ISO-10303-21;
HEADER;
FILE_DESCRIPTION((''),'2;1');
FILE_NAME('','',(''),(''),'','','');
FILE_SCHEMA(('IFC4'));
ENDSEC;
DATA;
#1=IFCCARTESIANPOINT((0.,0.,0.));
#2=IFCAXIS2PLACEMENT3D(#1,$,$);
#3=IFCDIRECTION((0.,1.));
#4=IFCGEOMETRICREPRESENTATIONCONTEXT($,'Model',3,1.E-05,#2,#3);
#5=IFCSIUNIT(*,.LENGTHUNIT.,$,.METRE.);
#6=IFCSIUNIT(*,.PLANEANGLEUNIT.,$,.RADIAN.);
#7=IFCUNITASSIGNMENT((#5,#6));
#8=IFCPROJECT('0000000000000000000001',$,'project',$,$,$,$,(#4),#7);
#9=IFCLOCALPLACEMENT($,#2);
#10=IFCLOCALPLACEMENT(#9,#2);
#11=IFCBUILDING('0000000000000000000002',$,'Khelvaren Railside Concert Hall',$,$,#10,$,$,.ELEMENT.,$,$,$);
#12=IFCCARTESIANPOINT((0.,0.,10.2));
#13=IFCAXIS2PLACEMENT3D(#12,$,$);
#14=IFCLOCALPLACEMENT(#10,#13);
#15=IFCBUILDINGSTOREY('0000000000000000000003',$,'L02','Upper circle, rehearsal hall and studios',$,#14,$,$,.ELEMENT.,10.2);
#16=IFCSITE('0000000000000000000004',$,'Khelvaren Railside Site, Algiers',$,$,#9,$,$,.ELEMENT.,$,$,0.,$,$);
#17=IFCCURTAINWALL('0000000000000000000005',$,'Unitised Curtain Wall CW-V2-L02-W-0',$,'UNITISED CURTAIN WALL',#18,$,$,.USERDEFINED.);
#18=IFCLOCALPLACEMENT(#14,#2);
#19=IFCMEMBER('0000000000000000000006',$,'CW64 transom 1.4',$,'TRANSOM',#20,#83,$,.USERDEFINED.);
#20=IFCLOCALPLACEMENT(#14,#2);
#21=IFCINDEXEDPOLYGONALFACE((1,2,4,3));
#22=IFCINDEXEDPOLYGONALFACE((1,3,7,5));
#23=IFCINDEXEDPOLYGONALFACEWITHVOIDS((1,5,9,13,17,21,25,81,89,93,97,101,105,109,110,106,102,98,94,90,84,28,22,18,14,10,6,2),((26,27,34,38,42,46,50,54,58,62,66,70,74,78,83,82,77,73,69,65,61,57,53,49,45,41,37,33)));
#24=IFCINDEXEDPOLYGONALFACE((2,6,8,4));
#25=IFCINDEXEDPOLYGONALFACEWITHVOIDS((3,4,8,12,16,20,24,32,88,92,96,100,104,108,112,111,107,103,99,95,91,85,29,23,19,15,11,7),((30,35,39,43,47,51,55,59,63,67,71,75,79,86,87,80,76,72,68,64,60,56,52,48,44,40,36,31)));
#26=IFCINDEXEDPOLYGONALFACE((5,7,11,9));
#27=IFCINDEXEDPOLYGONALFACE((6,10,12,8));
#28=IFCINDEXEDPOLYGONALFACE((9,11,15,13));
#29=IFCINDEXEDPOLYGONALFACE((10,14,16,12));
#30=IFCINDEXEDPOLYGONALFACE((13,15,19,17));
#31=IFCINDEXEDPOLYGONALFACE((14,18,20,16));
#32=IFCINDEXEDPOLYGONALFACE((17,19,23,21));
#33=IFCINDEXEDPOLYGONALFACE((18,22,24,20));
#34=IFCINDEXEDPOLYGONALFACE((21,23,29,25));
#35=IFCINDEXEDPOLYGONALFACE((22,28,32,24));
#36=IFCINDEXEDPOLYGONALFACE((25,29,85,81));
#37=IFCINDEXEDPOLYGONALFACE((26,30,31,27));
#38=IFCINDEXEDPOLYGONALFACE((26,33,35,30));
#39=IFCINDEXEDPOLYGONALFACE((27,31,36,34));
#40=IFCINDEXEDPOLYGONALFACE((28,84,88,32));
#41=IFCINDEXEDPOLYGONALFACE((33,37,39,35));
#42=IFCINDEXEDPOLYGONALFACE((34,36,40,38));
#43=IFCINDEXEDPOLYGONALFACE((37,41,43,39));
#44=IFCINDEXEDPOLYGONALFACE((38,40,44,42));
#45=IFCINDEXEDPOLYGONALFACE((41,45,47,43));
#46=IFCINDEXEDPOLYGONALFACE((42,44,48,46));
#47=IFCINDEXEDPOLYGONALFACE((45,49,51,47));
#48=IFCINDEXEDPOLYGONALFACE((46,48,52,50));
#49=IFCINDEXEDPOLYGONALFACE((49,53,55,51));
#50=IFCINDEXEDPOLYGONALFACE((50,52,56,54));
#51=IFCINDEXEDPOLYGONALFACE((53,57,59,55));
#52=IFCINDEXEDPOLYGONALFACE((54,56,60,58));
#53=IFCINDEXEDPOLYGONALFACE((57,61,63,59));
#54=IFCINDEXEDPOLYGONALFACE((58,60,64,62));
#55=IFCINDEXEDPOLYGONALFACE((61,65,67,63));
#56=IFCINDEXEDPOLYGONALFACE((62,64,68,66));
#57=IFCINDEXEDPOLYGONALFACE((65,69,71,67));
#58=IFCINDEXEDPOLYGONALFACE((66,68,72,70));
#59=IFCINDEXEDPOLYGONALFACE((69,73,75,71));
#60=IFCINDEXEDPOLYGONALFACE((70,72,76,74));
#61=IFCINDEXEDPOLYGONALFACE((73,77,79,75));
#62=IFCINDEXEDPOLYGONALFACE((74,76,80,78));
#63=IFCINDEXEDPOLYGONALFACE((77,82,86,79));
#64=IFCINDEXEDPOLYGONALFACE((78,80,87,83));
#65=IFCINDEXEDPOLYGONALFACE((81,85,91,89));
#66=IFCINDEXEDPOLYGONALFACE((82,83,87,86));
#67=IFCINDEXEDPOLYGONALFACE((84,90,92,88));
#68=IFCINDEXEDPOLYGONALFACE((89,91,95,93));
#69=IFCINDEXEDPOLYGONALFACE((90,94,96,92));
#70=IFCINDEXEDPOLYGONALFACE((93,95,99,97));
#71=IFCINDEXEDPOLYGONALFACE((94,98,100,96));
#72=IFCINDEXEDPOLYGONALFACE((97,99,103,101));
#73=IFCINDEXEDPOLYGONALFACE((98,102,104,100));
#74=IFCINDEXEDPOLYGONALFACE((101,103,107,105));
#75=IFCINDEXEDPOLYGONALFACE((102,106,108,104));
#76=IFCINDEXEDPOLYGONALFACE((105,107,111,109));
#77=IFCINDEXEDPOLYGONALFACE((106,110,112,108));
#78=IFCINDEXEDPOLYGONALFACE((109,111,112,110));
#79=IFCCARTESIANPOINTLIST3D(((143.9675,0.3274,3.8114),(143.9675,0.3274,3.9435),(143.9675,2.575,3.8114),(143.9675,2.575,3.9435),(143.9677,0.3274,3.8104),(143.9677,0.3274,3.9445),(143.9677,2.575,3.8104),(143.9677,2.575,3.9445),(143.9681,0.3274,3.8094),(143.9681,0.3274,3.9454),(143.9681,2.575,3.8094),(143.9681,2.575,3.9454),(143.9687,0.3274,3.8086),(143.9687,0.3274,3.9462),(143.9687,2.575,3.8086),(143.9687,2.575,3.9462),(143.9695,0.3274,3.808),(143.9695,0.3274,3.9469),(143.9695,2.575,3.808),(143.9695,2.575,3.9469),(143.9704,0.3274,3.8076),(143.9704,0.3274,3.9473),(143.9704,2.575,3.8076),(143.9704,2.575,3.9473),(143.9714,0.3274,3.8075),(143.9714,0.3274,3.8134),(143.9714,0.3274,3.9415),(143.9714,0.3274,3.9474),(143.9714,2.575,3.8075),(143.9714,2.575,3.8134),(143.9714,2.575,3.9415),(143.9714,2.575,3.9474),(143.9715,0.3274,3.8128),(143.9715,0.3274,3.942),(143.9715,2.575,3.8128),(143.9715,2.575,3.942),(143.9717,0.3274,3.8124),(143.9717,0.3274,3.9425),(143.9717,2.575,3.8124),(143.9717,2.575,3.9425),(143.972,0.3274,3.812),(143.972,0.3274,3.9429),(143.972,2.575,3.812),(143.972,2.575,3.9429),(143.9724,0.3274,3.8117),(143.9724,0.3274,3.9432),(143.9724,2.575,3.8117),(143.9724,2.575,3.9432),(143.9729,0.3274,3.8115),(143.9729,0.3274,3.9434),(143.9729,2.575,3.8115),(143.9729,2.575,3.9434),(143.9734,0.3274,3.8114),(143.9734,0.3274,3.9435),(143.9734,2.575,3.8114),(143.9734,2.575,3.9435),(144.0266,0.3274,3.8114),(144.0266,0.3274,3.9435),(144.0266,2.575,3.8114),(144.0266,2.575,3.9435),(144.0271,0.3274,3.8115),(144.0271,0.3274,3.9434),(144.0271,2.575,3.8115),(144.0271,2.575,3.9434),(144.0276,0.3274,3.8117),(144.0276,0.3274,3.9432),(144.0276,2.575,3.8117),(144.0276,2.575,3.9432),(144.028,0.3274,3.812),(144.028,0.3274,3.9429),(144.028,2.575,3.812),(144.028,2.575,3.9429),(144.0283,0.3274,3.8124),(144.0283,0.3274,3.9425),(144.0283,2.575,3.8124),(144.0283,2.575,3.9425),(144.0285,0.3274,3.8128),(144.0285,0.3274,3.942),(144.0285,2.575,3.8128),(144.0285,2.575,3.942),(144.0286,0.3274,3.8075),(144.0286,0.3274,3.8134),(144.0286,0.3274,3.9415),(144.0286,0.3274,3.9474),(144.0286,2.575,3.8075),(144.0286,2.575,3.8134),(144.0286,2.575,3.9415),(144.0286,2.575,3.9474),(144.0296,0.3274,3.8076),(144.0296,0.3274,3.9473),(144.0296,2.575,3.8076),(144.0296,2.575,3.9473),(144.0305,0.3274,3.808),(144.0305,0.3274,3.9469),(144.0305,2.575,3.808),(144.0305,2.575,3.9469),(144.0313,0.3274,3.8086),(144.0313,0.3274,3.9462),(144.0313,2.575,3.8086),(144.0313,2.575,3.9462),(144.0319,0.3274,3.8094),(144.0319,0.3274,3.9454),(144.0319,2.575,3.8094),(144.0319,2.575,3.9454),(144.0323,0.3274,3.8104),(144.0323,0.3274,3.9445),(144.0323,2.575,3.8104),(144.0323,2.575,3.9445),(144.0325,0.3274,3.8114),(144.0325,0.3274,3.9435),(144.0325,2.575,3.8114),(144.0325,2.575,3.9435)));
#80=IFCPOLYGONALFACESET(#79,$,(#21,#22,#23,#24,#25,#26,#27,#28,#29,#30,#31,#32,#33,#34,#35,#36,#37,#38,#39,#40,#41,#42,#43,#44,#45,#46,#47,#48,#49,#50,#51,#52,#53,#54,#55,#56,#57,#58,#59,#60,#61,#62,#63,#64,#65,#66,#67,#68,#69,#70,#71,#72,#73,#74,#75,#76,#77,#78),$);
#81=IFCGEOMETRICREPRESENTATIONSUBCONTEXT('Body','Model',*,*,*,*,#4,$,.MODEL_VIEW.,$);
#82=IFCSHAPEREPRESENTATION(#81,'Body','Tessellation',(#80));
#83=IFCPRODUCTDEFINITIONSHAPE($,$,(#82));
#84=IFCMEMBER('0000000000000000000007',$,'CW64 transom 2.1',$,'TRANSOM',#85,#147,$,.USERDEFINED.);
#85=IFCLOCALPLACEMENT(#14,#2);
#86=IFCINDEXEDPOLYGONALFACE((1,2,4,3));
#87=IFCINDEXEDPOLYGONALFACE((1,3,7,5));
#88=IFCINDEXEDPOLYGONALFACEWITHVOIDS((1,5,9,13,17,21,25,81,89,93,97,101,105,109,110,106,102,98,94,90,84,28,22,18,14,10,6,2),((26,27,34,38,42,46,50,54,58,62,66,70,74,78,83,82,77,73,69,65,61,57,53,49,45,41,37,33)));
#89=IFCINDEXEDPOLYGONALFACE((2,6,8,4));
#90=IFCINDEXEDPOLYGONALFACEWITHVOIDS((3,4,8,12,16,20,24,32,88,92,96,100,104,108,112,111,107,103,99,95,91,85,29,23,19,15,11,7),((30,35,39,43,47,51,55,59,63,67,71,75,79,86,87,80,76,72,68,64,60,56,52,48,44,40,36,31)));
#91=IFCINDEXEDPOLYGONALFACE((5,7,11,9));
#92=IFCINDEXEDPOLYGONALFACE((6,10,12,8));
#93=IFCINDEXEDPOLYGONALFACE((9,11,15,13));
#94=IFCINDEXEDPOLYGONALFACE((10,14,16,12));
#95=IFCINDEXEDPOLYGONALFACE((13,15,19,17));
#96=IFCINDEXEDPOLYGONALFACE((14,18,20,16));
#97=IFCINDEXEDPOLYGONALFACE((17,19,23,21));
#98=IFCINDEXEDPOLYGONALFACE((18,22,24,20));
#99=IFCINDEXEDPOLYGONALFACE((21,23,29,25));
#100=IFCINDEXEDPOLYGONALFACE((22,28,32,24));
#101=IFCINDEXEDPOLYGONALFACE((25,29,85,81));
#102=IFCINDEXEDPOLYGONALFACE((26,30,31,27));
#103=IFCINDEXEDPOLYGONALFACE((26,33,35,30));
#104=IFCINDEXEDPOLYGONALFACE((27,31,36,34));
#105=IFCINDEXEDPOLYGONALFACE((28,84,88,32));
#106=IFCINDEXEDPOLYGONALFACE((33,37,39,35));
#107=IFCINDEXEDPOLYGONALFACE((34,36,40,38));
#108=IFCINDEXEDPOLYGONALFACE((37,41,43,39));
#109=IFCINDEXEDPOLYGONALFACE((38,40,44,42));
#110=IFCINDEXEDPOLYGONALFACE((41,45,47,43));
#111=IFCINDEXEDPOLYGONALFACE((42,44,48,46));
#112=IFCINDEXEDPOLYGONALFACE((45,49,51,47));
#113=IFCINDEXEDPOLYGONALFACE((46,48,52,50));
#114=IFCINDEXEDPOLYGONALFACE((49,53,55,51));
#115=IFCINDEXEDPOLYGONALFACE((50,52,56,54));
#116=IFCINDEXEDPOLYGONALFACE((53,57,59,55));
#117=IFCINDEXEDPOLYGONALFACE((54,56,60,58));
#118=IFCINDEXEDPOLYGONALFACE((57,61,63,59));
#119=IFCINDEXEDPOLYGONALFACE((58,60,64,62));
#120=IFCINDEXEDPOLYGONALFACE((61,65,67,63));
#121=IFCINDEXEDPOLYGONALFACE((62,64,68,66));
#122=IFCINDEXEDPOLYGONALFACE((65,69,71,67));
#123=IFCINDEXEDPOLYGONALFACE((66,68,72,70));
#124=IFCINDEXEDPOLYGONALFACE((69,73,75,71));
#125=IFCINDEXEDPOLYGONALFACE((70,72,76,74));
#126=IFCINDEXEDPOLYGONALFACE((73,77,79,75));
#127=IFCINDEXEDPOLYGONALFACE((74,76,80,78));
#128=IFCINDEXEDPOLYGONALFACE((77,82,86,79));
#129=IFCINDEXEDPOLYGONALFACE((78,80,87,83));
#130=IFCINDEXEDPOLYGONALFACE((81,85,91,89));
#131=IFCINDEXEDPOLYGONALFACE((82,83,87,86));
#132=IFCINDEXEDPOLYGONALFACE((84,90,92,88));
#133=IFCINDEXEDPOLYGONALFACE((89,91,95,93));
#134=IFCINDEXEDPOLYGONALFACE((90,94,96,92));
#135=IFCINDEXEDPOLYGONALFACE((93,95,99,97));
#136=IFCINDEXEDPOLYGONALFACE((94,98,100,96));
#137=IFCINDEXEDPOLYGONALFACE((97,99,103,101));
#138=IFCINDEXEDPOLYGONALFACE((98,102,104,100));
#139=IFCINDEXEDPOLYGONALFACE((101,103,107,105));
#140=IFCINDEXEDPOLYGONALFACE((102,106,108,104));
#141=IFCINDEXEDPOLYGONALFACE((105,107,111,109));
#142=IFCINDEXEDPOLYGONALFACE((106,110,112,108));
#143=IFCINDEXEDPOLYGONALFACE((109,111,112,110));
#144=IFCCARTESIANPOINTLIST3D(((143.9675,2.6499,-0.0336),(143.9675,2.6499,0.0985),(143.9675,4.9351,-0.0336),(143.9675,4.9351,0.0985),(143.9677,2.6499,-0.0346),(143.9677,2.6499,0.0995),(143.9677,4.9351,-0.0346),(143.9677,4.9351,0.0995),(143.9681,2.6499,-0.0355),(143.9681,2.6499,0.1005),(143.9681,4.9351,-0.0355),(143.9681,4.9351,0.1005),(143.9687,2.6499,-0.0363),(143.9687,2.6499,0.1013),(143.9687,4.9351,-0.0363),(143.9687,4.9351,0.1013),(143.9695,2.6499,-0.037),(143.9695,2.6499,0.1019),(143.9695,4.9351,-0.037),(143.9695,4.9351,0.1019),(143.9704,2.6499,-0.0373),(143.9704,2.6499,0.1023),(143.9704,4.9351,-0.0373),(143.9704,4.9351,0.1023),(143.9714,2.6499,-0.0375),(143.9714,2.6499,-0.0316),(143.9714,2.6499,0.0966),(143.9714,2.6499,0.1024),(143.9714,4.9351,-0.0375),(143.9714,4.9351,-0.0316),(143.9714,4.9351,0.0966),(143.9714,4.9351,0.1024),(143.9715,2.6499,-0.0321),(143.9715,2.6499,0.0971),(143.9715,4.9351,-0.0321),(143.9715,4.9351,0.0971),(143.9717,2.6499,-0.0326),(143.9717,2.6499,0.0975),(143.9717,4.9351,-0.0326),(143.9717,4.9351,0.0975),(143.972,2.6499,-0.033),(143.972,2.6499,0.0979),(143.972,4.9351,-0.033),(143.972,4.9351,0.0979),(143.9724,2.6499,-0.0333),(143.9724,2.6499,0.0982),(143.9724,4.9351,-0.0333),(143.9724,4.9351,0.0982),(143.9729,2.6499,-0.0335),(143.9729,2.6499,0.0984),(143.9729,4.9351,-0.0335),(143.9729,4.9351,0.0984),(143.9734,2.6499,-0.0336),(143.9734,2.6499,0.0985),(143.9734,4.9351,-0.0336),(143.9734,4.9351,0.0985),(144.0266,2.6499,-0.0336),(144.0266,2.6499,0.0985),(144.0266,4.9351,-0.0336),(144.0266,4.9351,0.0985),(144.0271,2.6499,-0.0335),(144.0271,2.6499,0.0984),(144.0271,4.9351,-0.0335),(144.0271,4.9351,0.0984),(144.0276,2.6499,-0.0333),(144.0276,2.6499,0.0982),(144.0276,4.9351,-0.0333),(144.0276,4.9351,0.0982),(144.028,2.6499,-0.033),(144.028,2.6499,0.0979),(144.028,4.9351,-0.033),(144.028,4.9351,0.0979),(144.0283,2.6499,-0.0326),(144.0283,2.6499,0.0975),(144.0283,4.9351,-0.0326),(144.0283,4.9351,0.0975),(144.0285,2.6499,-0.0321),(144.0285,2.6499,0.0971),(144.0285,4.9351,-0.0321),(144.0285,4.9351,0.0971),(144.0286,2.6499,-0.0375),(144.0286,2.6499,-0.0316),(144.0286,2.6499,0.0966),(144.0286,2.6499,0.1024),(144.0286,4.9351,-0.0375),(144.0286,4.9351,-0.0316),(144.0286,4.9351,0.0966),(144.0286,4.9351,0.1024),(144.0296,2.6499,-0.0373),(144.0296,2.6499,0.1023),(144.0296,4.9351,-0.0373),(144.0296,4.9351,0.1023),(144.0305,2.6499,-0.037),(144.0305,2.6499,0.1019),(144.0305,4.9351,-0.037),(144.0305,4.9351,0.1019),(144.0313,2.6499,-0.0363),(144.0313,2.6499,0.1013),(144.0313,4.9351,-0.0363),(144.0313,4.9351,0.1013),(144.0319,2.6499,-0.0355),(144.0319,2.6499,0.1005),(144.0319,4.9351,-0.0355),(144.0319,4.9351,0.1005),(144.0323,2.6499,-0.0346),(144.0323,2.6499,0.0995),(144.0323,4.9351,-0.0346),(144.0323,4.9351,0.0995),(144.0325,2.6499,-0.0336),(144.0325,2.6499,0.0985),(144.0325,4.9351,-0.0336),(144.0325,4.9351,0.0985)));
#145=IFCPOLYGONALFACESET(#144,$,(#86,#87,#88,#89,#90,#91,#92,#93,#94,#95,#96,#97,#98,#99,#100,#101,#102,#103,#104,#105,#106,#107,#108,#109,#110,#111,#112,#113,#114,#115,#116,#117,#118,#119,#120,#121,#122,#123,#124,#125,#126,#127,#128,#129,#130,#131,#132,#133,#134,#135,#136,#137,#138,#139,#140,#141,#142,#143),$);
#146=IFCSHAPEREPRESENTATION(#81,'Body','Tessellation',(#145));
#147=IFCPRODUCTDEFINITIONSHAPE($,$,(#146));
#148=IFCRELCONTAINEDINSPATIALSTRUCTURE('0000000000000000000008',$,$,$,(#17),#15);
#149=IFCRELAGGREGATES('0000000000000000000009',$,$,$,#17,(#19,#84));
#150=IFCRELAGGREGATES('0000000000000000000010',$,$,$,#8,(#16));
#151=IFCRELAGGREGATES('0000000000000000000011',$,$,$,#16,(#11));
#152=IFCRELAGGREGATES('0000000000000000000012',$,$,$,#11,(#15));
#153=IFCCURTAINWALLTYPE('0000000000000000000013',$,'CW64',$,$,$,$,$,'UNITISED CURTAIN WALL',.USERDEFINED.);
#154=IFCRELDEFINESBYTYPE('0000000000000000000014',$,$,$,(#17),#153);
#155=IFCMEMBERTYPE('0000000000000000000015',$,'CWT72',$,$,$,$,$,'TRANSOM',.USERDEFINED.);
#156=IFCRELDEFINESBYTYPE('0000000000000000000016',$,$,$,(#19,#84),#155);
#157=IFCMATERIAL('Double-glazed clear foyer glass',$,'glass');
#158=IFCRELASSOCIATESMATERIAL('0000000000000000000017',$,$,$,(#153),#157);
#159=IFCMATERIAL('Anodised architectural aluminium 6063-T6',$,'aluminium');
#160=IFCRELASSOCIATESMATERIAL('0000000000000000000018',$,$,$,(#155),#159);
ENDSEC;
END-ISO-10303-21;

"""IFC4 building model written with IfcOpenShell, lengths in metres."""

from ifc_helpers import new_model, si_unit, direction, frame, origin, origin_2d, place, context, subcontext, project, spatial, hollow_rectangle, extrude, material, material_profile, profile_set, type_object, element, aggregate, save


model = new_model("IFC4")

# Units and contexts
model_context = context("Model", 3, precision=1e-05, world=origin(), true_north=direction((0.0, 1.0)))
body_context = subcontext(model_context, "Body", "Model", "MODEL_VIEW")
ifc_project = project(units=[si_unit("LENGTHUNIT", "METRE"), si_unit("PLANEANGLEUNIT", "RADIAN")], contexts=[model_context])

# Site, building, storey
site_placement = place(None, origin())
site = spatial("IfcSite", under=ifc_project, at=site_placement, Name="Khelvaren Railside Site, Algiers", CompositionType="ELEMENT", RefElevation=0.0)
building_placement = place(site_placement, origin())
building = spatial("IfcBuilding", under=site, at=building_placement, Name="Khelvaren Railside Concert Hall", CompositionType="ELEMENT")
storey_placement = place(building_placement, frame((0.0, 0.0, 10.2)))
storey = spatial("IfcBuildingStorey", under=building, at=storey_placement, Name="L02", Description="Upper circle, rehearsal hall and studios", CompositionType="ELEMENT", Elevation=10.2)

# Curtain wall, members
ifc_material_1 = material(Name="Double-glazed clear foyer glass", Category="glass")
curtain_wall_type = type_object("IfcCurtainWallType", Name="CW64", ElementType="UNITISED CURTAIN WALL", PredefinedType="USERDEFINED", material=ifc_material_1)
curtain_wall_placement = place(storey_placement, origin())
curtain_wall = element("IfcCurtainWall", 1, at=curtain_wall_placement, inside=storey, type_object=curtain_wall_type, Name="Unitised Curtain Wall CW-V2-L02-W-0", ObjectType="UNITISED CURTAIN WALL", PredefinedType="USERDEFINED")
ifc_material_2 = material(Name="Anodised architectural aluminium 6063-T6", Category="aluminium")
ifc_material_profile_1 = material_profile(ifc_material_2, hollow_rectangle(XDim=0.0649, YDim=0.1399, WallThickness=0.0039, InnerFilletRadius=0.002, OuterFilletRadius=0.0039, at=origin_2d()), Name="CWT 65x140x4")
ifc_profile_set_1 = profile_set([ifc_material_profile_1], Name="Anodised architectural aluminium 6063-T6")
member_type_1 = type_object("IfcMemberType", Name="CWT72", ElementType="TRANSOM", PredefinedType="USERDEFINED", material=ifc_profile_set_1)
member_1_placement = place(storey_placement, frame((144.0, 0.3274, 3.8774), z_axis=(0.0, 1.0, 0.0), x_axis=(-1.0, 0.0, 0.0)))
member_1 = element("IfcMember", 2, at=member_1_placement, type_object=member_type_1, Name="CW64 transom 1.4", ObjectType="TRANSOM", PredefinedType="USERDEFINED", context=body_context, shape_type="SweptSolid", body=[
    extrude(hollow_rectangle(XDim=0.0649, YDim=0.1399, WallThickness=0.0039, InnerFilletRadius=0.002, OuterFilletRadius=0.0039, at=origin_2d()), origin(), (0.0, 0.0, 1.0), 2.2476),
])
member_2_placement = place(storey_placement, frame((144.0, 2.6499, 0.0325), z_axis=(0.0, 1.0, 0.0), x_axis=(-1.0, 0.0, 0.0)))
member_2 = element("IfcMember", 3, at=member_2_placement, type_object=member_type_1, Name="CW64 transom 2.1", ObjectType="TRANSOM", PredefinedType="USERDEFINED", context=body_context, shape_type="SweptSolid", body=[
    extrude(hollow_rectangle(XDim=0.0649, YDim=0.1399, WallThickness=0.0039, InnerFilletRadius=0.002, OuterFilletRadius=0.0039, at=origin_2d()), origin(), (0.0, 0.0, 1.0), 2.2852),
])

aggregate(curtain_wall, [member_1, member_2])

save(model, "model.ifc")
